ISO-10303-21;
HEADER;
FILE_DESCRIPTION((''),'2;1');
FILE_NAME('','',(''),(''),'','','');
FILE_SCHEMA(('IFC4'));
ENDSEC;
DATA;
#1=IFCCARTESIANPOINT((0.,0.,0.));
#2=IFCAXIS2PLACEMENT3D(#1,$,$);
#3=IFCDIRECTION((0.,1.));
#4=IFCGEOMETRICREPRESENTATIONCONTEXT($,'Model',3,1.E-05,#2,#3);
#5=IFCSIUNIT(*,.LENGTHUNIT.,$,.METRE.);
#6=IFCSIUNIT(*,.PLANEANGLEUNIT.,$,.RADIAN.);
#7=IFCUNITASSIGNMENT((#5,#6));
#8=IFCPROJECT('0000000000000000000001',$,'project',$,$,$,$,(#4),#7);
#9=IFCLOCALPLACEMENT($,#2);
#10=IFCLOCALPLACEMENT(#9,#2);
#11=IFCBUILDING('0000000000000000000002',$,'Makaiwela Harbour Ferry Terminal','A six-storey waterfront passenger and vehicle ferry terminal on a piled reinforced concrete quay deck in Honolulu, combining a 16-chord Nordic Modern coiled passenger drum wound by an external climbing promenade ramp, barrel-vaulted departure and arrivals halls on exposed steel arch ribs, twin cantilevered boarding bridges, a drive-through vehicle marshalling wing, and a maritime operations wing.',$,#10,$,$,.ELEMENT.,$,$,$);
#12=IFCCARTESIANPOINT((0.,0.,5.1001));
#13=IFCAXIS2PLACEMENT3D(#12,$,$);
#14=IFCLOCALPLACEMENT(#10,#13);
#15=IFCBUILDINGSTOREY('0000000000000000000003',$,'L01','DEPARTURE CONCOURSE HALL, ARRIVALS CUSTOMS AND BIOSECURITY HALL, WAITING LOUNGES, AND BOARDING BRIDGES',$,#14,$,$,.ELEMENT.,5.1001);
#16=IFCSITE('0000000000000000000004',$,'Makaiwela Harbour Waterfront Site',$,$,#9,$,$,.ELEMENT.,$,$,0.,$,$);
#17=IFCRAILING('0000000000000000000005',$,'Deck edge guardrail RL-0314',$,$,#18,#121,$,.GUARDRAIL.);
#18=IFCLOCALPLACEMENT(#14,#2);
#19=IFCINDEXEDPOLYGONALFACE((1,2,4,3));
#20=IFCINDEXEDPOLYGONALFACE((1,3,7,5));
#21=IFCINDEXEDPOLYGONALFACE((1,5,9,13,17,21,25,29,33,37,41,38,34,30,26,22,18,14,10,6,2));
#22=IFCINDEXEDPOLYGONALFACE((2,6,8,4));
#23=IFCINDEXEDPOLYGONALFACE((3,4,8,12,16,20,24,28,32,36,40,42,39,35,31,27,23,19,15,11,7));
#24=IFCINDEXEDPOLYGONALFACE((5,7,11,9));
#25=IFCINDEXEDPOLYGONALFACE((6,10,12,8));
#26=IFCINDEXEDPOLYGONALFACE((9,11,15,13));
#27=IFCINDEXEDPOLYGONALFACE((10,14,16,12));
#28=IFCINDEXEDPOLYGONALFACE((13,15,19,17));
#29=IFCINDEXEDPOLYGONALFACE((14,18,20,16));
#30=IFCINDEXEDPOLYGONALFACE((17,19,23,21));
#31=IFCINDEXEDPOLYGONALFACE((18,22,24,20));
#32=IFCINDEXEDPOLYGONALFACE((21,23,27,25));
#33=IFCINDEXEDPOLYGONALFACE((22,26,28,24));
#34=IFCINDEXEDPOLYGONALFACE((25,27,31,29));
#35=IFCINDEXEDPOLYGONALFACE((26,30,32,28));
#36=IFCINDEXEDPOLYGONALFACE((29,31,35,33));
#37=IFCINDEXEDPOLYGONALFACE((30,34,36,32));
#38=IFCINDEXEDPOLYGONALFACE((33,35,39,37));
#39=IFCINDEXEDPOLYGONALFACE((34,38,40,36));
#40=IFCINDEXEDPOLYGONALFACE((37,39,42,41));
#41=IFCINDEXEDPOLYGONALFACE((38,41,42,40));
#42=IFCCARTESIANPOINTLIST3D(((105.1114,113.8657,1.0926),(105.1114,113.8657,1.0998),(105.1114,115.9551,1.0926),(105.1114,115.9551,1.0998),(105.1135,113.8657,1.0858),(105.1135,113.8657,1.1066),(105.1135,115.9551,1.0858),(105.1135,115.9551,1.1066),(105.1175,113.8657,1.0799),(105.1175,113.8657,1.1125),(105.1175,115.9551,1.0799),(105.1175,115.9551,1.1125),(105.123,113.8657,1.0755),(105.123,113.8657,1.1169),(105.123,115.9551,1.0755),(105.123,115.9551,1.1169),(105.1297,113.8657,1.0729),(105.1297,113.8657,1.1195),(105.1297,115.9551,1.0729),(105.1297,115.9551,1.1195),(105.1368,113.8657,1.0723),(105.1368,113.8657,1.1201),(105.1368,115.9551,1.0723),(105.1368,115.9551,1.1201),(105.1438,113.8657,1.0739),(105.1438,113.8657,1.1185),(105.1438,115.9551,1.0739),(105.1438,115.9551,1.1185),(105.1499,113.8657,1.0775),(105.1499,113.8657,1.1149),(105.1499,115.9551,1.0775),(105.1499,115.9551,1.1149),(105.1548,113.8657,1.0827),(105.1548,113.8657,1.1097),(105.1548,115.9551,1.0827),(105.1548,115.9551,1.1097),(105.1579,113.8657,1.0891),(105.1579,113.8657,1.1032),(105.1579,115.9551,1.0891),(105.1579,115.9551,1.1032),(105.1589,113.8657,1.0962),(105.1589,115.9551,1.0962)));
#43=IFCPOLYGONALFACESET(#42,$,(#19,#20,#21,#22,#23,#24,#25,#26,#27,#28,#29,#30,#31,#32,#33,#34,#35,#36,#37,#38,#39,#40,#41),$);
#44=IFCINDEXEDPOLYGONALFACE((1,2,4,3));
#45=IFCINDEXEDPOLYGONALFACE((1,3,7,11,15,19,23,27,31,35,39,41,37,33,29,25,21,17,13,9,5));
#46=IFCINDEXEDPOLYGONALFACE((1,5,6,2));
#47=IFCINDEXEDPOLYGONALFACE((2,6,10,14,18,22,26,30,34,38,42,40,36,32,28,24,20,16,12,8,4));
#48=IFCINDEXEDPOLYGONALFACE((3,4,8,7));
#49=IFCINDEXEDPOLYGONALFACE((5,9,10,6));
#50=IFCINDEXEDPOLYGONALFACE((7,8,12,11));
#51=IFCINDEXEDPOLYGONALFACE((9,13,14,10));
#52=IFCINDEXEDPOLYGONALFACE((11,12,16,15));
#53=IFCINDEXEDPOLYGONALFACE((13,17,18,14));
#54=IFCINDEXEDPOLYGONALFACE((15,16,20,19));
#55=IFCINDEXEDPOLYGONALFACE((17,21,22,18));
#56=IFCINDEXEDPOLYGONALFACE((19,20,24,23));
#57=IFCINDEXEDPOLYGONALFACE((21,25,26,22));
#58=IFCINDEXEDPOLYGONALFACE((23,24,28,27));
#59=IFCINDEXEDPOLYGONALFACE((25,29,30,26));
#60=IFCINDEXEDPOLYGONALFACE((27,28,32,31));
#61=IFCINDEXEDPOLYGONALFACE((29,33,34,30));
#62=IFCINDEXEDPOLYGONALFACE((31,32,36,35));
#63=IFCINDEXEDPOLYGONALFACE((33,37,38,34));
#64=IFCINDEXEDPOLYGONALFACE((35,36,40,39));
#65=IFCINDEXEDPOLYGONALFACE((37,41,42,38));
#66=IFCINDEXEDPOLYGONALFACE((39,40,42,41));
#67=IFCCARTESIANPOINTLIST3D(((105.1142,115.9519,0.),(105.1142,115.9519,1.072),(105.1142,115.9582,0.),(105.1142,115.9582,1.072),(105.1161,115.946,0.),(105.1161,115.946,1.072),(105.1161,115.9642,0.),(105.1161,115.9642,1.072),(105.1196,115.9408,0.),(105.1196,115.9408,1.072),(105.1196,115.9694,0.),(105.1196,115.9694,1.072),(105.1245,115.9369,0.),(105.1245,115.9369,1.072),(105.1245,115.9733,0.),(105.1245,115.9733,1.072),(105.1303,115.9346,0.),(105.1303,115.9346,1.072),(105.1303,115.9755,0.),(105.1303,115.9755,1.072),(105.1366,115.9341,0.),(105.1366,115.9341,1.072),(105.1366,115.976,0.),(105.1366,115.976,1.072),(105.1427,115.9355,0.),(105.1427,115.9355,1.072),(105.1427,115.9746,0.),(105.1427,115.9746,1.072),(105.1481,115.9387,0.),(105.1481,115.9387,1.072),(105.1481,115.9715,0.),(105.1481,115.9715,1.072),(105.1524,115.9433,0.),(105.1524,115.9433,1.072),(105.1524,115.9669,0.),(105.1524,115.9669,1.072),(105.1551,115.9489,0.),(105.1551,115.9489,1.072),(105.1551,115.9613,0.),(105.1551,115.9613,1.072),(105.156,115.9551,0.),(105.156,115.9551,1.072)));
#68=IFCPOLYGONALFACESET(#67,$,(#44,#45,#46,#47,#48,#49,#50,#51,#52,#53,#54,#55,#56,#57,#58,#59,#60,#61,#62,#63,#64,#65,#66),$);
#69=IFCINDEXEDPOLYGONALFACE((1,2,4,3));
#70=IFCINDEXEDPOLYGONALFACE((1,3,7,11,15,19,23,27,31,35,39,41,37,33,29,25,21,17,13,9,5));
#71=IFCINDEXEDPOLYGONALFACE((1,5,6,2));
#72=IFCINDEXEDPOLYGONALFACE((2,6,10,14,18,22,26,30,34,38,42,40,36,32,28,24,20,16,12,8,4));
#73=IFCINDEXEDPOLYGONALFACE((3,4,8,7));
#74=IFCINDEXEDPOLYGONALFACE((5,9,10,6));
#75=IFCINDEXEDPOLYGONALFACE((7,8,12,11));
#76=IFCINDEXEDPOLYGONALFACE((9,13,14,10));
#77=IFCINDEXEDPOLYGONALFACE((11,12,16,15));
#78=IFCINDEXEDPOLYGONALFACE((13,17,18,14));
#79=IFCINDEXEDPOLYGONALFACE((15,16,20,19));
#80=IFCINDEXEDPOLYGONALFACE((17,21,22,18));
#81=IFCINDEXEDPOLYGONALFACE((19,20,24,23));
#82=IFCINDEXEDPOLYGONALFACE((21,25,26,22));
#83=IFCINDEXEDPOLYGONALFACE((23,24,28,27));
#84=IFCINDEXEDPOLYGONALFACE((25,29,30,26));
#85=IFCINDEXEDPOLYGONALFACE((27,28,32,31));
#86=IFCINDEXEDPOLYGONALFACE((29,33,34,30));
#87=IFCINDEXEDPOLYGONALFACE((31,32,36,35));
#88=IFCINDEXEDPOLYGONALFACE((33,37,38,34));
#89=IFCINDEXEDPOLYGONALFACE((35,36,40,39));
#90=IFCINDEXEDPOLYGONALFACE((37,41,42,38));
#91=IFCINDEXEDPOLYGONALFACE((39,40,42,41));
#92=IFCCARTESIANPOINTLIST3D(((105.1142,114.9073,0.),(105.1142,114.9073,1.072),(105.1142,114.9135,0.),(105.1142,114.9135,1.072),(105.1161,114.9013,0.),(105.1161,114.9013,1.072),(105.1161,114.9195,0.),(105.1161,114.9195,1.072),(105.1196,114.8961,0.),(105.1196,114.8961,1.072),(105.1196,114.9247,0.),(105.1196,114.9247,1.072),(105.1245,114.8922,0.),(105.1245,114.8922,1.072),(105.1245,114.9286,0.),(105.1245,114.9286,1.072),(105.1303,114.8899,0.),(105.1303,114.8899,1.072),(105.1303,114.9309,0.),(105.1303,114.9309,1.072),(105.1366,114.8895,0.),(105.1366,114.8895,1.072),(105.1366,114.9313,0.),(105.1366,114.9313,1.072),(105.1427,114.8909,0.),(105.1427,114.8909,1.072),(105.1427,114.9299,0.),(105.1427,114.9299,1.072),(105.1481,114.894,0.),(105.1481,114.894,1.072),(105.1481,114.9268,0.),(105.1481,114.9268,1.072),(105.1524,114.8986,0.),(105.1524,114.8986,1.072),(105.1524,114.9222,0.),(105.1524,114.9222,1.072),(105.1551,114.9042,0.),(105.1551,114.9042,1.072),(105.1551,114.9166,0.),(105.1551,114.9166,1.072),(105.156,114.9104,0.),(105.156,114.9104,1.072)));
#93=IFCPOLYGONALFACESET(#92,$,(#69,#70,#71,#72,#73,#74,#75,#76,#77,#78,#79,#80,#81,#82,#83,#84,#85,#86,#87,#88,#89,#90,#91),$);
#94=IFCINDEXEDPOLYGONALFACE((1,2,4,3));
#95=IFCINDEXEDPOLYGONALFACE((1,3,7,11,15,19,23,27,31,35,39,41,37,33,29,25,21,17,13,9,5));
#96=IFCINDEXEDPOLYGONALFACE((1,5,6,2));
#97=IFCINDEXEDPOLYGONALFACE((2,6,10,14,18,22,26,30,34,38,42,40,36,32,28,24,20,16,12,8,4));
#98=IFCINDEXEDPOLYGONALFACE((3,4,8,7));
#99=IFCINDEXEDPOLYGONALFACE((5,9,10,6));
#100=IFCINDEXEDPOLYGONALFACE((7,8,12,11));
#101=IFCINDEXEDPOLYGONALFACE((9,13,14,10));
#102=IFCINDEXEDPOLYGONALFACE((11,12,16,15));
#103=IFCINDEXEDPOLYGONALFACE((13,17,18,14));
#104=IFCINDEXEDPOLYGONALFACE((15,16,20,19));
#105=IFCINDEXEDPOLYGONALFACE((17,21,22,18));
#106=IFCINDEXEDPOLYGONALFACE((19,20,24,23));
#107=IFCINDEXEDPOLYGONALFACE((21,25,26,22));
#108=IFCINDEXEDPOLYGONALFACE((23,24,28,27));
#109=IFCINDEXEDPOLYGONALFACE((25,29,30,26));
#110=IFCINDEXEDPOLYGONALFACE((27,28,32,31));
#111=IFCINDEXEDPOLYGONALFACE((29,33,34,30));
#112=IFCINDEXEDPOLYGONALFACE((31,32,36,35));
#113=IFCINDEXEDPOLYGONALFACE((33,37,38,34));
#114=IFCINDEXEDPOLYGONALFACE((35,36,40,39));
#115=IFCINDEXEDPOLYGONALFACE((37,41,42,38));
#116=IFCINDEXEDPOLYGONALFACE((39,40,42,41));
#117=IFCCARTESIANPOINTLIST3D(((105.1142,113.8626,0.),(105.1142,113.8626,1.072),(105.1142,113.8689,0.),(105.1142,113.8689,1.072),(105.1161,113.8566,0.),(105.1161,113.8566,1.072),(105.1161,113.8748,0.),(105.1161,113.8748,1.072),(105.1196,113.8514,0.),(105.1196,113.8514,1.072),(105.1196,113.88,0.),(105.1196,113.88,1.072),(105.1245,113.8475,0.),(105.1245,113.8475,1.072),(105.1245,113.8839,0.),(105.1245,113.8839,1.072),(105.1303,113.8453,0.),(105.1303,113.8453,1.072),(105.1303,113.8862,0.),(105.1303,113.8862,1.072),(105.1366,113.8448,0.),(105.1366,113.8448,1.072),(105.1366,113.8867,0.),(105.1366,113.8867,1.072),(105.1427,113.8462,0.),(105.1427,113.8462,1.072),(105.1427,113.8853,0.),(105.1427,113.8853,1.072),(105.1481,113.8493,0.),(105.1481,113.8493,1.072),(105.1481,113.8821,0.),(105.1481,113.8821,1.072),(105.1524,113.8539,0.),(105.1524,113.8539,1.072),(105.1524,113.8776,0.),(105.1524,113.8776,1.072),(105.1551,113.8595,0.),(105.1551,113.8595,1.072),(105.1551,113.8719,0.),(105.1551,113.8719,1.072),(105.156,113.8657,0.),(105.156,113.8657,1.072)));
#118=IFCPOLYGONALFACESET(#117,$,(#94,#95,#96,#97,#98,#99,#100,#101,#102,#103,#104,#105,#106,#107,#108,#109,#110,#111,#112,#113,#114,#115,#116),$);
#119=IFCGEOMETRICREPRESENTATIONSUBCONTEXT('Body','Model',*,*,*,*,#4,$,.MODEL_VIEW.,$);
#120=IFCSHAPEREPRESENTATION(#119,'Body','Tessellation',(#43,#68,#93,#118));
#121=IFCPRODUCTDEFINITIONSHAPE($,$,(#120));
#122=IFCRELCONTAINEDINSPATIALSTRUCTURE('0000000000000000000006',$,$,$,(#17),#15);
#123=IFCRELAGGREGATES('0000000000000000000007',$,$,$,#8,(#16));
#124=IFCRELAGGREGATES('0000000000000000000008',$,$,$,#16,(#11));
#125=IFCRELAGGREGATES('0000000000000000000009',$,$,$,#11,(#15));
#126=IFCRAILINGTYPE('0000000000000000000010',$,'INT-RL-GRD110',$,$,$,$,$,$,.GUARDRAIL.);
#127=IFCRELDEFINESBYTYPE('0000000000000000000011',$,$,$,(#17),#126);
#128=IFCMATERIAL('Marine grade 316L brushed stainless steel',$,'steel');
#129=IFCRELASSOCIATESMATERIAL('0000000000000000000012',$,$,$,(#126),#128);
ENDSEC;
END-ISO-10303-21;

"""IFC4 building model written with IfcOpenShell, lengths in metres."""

from ifc_helpers import new_model, si_unit, direction, frame, origin, origin_2d, place, context, subcontext, project, spatial, circle, extrude, material, type_object, element, save


model = new_model("IFC4")

# Units and contexts
model_context = context("Model", 3, precision=1e-05, world=origin(), true_north=direction((0.0, 1.0)))
body_context = subcontext(model_context, "Body", "Model", "MODEL_VIEW")
ifc_project = project(units=[si_unit("LENGTHUNIT", "METRE"), si_unit("PLANEANGLEUNIT", "RADIAN")], contexts=[model_context])

# Site, building, storey
site_placement = place(None, origin())
site = spatial("IfcSite", under=ifc_project, at=site_placement, Name="Makaiwela Harbour Waterfront Site", CompositionType="ELEMENT", RefElevation=0.0)
building_placement = place(site_placement, origin())
building = spatial("IfcBuilding", under=site, at=building_placement, Name="Makaiwela Harbour Ferry Terminal", Description="A six-storey waterfront passenger and vehicle ferry terminal on a piled reinforced concrete quay deck in Honolulu, combining a 16-chord Nordic Modern coiled passenger drum wound by an external climbing promenade ramp, barrel-vaulted departure and arrivals halls on exposed steel arch ribs, twin cantilevered boarding bridges, a drive-through vehicle marshalling wing, and a maritime operations wing.", CompositionType="ELEMENT")
storey_placement = place(building_placement, frame((0.0, 0.0, 5.1001)))
storey = spatial("IfcBuildingStorey", under=building, at=storey_placement, Name="L01", Description="DEPARTURE CONCOURSE HALL, ARRIVALS CUSTOMS AND BIOSECURITY HALL, WAITING LOUNGES, AND BOARDING BRIDGES", CompositionType="ELEMENT", Elevation=5.1001)

# Railing
ifc_material_1 = material(Name="Marine grade 316L brushed stainless steel", Category="steel")
railing_type = type_object("IfcRailingType", Name="INT-RL-GRD110", PredefinedType="GUARDRAIL", material=ifc_material_1)
railing_1_placement = place(storey_placement, frame((105.135, 115.9551, 0.0)))
element("IfcRailing", 1, at=railing_1_placement, inside=storey, type_object=railing_type, Name="Deck edge guardrail RL-0314", PredefinedType="GUARDRAIL", context=body_context, shape_type="SweptSolid", body=[
    extrude(circle(Radius=0.0239, at=origin_2d()), frame((0.0, 0.0, 1.0962), z_axis=(0.0, -1.0, 0.0), x_axis=(1.0, 0.0, 0.0)), (0.0, 0.0, 1.0), 2.0894),
    extrude(circle(Radius=0.021, at=origin_2d()), origin(), (0.0, 0.0, 1.0), 1.072),
    extrude(circle(Radius=0.021, at=origin_2d()), frame((0.0, -1.0447, 0.0)), (0.0, 0.0, 1.0), 1.072),
    extrude(circle(Radius=0.021, at=origin_2d()), frame((0.0, -2.0894, 0.0)), (0.0, 0.0, 1.0), 1.072),
])

save(model, "model.ifc")
